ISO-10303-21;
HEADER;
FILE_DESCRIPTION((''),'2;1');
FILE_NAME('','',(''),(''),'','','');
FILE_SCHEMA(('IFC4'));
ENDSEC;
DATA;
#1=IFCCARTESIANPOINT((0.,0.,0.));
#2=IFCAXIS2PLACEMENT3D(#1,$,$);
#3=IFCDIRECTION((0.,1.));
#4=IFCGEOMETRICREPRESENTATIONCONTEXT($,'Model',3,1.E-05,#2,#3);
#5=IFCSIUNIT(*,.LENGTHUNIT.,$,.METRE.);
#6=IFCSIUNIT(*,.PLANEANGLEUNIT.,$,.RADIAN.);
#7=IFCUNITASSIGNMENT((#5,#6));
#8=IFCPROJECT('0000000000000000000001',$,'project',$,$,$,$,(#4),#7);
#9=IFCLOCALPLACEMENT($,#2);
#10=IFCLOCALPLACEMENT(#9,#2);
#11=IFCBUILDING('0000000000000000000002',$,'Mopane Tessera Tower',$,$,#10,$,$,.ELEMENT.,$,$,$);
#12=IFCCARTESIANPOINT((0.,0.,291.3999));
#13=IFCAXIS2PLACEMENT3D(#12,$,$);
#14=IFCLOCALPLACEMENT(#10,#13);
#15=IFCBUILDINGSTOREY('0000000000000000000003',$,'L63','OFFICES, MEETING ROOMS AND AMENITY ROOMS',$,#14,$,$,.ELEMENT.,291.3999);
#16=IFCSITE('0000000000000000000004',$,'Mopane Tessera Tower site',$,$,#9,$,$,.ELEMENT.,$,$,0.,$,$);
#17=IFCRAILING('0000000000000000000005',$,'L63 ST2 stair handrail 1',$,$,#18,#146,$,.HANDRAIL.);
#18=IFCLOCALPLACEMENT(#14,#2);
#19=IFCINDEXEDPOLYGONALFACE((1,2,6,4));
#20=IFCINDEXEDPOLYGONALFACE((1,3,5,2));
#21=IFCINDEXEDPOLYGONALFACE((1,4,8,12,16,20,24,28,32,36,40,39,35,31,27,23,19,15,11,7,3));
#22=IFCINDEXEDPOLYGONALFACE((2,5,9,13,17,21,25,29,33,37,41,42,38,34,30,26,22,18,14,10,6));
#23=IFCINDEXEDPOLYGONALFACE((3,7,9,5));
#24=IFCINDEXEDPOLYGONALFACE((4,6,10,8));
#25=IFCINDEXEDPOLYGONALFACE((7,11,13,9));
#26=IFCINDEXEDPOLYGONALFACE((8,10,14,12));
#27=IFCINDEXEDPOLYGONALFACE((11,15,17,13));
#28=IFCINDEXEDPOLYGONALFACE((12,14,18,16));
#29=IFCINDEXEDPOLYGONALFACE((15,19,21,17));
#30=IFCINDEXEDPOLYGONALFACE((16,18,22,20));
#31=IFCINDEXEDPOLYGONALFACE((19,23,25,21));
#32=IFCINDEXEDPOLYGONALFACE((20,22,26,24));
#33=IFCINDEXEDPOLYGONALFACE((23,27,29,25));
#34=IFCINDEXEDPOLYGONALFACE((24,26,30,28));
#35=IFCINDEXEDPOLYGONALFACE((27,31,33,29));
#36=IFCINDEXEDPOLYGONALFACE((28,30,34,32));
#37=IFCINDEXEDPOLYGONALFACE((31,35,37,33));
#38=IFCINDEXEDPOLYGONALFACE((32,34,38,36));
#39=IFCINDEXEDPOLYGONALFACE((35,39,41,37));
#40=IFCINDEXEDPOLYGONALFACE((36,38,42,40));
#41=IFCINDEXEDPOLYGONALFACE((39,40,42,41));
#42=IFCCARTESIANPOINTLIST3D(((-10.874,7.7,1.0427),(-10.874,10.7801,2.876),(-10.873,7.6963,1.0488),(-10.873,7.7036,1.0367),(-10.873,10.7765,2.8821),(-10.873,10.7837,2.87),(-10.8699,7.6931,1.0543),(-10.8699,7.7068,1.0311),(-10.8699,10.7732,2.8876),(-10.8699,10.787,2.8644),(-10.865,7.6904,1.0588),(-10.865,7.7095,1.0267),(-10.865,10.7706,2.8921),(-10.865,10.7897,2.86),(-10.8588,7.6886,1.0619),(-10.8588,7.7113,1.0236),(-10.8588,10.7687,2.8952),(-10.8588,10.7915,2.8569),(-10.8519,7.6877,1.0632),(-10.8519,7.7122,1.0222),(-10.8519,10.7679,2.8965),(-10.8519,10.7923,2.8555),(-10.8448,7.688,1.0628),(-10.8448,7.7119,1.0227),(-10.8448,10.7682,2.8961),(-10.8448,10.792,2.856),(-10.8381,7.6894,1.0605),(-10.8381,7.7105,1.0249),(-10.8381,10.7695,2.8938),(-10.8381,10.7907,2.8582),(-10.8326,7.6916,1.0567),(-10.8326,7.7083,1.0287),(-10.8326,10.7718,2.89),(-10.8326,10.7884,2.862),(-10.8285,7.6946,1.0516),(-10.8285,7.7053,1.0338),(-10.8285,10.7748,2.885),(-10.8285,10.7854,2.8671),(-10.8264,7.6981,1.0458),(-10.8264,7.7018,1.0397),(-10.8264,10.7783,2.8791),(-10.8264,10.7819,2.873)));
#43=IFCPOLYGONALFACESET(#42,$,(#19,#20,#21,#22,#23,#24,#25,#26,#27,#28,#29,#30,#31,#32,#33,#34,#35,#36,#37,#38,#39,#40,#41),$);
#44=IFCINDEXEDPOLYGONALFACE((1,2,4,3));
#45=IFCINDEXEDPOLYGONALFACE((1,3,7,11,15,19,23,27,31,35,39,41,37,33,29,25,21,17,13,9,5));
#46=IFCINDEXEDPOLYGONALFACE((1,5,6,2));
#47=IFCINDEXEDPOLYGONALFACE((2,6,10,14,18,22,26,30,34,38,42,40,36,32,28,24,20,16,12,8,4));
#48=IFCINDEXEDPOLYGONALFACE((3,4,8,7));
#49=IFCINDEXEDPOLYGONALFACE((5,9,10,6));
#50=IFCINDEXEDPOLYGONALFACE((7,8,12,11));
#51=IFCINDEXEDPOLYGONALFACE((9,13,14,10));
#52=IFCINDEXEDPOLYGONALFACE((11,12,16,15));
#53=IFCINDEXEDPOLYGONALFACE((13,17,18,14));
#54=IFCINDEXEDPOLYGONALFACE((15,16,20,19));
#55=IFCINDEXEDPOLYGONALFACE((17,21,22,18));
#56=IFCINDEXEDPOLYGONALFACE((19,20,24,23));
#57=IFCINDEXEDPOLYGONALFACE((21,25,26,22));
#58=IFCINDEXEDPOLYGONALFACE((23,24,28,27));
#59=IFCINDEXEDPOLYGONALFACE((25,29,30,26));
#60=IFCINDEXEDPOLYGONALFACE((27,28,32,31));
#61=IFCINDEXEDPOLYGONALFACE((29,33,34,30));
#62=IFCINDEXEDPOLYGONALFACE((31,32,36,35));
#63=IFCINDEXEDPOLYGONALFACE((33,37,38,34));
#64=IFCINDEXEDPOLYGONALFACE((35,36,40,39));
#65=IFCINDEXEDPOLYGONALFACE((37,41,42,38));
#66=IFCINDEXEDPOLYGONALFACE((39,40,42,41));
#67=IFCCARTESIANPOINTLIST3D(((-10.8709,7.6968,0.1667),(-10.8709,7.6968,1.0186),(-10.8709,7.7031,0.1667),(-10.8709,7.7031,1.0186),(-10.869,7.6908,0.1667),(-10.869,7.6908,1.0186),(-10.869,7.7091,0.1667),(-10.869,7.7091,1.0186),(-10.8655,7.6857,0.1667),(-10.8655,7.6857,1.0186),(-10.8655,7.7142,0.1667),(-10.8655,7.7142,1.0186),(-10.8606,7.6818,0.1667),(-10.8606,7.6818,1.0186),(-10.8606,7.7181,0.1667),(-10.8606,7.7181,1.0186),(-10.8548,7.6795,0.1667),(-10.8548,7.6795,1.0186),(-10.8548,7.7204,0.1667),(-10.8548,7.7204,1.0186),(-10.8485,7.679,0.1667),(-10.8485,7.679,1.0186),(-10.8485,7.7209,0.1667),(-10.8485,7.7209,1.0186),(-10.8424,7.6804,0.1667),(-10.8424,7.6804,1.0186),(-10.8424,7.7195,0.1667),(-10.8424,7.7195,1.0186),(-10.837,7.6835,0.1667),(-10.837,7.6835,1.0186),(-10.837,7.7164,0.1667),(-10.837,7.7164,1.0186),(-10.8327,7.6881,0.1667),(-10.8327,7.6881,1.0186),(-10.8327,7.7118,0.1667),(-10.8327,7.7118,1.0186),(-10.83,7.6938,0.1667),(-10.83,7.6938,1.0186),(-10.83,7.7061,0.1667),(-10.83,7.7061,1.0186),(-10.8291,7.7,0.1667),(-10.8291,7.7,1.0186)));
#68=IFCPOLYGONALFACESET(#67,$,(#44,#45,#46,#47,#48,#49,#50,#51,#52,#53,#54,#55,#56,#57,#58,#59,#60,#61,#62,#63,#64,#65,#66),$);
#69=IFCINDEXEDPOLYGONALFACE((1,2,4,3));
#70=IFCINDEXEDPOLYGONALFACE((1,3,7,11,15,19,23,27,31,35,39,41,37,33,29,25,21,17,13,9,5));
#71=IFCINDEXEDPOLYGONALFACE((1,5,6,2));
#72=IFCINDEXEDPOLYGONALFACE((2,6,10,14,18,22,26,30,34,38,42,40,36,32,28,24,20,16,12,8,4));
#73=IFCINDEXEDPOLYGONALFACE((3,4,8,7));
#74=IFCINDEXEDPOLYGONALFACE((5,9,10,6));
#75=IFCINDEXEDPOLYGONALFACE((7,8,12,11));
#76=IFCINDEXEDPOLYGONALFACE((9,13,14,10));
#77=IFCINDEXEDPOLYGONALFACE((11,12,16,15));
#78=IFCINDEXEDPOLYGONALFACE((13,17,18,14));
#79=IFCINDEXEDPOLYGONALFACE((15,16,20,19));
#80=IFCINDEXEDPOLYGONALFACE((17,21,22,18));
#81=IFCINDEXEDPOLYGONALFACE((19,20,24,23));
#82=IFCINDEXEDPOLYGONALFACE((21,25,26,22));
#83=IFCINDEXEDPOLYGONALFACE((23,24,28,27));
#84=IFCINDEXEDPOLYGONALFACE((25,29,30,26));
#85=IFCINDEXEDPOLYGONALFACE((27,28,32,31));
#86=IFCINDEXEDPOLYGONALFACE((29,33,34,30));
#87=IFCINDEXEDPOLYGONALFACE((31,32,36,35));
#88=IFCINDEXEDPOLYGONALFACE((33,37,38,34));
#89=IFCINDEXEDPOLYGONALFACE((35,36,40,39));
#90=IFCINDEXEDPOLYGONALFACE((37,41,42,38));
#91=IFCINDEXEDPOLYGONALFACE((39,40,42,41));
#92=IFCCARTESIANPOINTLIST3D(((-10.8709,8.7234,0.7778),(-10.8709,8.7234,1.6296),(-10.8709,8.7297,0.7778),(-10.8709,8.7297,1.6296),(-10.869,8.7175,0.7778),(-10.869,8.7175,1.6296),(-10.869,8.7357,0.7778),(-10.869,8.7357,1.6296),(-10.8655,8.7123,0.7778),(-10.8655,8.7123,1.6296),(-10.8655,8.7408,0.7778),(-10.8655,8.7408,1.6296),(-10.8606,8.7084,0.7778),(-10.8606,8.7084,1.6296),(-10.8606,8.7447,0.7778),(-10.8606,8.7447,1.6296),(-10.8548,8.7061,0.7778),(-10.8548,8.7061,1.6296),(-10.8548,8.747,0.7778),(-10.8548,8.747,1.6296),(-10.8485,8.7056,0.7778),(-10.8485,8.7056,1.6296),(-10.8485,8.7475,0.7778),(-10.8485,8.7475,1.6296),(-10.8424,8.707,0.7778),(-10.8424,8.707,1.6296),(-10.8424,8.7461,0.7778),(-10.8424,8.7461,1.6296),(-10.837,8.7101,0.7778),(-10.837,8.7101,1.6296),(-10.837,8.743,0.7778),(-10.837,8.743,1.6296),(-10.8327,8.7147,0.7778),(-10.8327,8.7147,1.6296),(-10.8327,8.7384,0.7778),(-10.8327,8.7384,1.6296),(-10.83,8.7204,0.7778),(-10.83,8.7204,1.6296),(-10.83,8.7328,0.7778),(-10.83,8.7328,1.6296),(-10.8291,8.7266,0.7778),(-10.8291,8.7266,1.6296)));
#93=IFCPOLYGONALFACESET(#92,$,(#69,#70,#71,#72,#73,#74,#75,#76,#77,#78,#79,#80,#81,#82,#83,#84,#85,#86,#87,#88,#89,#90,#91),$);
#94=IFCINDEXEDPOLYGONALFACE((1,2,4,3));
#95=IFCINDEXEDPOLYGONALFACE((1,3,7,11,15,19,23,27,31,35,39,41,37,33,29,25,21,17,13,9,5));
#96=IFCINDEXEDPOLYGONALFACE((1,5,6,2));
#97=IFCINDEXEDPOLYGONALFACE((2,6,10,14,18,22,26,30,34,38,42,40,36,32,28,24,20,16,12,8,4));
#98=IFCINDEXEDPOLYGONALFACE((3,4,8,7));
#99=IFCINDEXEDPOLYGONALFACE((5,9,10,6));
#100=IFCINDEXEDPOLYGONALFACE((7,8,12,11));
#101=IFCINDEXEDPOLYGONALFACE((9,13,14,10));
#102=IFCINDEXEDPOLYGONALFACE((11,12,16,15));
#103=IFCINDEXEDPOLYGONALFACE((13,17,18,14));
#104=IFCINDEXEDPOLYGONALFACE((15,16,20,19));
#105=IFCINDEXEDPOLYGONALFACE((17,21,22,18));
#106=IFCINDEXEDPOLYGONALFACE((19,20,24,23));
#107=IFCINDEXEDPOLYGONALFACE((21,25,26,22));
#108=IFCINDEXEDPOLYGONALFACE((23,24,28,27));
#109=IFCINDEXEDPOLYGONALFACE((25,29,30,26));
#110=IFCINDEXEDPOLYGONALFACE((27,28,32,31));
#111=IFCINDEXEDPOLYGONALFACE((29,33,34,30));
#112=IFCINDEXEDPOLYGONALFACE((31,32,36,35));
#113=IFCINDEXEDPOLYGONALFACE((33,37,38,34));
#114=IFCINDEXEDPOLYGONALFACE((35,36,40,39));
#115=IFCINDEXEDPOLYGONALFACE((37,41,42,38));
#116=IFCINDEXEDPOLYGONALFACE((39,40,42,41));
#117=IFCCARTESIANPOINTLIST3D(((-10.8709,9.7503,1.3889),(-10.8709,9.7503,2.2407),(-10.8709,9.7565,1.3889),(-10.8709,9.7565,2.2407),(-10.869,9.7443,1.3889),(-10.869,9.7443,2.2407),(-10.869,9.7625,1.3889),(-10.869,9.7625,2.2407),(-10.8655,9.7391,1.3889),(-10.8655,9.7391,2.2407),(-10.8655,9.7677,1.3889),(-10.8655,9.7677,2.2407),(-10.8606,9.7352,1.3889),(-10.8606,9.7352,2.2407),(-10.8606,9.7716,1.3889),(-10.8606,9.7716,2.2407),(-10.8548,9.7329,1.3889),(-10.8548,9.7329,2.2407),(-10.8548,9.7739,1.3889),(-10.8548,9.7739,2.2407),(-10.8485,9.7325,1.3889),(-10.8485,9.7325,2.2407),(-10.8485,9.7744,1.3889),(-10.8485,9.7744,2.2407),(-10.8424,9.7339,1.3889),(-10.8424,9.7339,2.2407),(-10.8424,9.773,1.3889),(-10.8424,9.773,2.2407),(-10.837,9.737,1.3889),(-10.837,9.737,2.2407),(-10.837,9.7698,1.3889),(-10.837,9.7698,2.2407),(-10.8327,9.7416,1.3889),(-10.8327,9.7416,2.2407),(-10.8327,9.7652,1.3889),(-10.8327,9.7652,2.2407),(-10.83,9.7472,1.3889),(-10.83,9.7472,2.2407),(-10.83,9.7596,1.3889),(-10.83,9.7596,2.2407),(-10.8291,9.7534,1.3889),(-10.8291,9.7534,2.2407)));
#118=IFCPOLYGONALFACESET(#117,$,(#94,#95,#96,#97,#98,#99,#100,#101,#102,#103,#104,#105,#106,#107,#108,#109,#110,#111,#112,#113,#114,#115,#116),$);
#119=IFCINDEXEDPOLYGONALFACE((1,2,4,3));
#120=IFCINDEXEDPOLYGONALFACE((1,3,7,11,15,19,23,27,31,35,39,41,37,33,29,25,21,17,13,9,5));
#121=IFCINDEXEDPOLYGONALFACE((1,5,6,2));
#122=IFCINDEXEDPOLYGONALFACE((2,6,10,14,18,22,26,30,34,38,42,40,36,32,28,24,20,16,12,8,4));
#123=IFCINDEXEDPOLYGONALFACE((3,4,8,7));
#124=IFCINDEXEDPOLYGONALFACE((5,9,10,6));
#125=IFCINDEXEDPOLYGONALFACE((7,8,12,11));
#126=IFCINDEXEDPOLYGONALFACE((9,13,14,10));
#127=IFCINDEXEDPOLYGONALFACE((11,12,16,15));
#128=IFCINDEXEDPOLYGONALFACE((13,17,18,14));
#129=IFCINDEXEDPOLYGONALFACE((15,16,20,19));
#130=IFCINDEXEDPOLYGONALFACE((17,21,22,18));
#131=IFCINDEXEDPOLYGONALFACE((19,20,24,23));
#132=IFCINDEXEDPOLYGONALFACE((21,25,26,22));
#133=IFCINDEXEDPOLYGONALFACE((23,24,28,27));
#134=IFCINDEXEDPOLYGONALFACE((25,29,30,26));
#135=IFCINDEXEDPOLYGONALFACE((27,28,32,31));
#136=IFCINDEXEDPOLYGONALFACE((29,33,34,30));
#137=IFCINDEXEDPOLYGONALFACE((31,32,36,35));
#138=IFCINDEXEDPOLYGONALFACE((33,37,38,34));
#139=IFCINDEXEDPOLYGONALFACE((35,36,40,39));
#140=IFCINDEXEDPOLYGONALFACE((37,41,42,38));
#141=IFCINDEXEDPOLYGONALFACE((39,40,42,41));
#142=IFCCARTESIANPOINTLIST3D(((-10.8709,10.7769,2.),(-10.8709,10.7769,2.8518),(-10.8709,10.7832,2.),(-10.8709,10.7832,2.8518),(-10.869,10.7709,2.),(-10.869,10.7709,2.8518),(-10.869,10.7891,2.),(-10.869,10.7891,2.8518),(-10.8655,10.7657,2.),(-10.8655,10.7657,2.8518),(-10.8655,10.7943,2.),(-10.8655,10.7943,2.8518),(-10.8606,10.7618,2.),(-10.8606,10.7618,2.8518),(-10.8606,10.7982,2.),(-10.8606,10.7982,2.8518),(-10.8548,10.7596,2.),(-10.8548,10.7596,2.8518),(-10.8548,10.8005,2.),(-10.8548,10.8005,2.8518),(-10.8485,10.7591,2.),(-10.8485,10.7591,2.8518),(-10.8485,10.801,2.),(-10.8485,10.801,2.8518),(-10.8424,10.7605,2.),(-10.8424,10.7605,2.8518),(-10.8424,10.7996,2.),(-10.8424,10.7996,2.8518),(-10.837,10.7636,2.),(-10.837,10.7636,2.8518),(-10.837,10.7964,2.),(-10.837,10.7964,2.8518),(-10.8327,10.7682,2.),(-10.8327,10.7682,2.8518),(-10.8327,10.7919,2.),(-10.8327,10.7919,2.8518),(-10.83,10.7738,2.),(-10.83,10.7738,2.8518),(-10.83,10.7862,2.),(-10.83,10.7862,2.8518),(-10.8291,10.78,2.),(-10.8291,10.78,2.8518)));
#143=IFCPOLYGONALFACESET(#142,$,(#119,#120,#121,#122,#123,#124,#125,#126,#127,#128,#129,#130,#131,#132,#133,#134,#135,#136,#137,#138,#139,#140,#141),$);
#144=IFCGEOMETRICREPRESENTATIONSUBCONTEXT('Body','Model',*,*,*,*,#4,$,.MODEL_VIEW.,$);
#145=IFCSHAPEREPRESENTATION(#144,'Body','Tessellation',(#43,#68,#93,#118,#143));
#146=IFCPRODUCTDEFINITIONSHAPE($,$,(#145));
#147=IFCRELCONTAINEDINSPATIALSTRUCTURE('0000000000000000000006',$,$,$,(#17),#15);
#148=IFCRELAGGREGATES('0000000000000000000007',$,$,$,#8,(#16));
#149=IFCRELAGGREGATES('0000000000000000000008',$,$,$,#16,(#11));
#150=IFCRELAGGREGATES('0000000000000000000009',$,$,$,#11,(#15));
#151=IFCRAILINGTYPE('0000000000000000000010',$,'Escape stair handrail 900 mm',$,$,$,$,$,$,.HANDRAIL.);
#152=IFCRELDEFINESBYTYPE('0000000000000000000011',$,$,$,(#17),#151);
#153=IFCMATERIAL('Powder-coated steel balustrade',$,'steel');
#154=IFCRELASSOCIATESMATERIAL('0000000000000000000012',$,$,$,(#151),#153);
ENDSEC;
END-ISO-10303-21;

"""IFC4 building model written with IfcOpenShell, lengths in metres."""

from ifc_helpers import new_model, si_unit, direction, frame, origin, origin_2d, place, context, subcontext, project, spatial, circle, extrude, material, type_object, element, save


model = new_model("IFC4")

# Units and contexts
model_context = context("Model", 3, precision=1e-05, world=origin(), true_north=direction((0.0, 1.0)))
body_context = subcontext(model_context, "Body", "Model", "MODEL_VIEW")
ifc_project = project(units=[si_unit("LENGTHUNIT", "METRE"), si_unit("PLANEANGLEUNIT", "RADIAN")], contexts=[model_context])

# Site, building, storey
site_placement = place(None, origin())
site = spatial("IfcSite", under=ifc_project, at=site_placement, Name="Mopane Tessera Tower site", CompositionType="ELEMENT", RefElevation=0.0)
building_placement = place(site_placement, origin())
building = spatial("IfcBuilding", under=site, at=building_placement, Name="Mopane Tessera Tower", CompositionType="ELEMENT")
storey_placement = place(building_placement, frame((0.0, 0.0, 291.3999)))
storey = spatial("IfcBuildingStorey", under=building, at=storey_placement, Name="L63", Description="OFFICES, MEETING ROOMS AND AMENITY ROOMS", CompositionType="ELEMENT", Elevation=291.3999)

# Railing
ifc_material_1 = material(Name="Powder-coated steel balustrade", Category="steel")
railing_type_1 = type_object("IfcRailingType", Name="Escape stair handrail 900 mm", PredefinedType="HANDRAIL", material=ifc_material_1)
railing_1_placement = place(storey_placement, frame((-10.8501, 7.7, 0.1667)))
element("IfcRailing", 1, at=railing_1_placement, inside=storey, type_object=railing_type_1, Name="L63 ST2 stair handrail 1", PredefinedType="HANDRAIL", context=body_context, shape_type="SweptSolid", body=[
    extrude(circle(Radius=0.0239, at=origin_2d()), frame((0.0, 0.0, 0.876), z_axis=(0.0, 0.859309, 0.511458), x_axis=(-1.0, 0.0, 0.0)), (0.0, 0.0, 1.0), 3.5845),
    extrude(circle(Radius=0.021, at=origin_2d()), origin(), (0.0, 0.0, 1.0), 0.8518),
    extrude(circle(Radius=0.021, at=origin_2d()), frame((0.0, 1.0266, 0.6111)), (0.0, 0.0, 1.0), 0.8518),
    extrude(circle(Radius=0.021, at=origin_2d()), frame((0.0, 2.0535, 1.2222)), (0.0, 0.0, 1.0), 0.8518),
    extrude(circle(Radius=0.021, at=origin_2d()), frame((0.0, 3.0801, 1.8333)), (0.0, 0.0, 1.0), 0.8518),
])

save(model, "model.ifc")
